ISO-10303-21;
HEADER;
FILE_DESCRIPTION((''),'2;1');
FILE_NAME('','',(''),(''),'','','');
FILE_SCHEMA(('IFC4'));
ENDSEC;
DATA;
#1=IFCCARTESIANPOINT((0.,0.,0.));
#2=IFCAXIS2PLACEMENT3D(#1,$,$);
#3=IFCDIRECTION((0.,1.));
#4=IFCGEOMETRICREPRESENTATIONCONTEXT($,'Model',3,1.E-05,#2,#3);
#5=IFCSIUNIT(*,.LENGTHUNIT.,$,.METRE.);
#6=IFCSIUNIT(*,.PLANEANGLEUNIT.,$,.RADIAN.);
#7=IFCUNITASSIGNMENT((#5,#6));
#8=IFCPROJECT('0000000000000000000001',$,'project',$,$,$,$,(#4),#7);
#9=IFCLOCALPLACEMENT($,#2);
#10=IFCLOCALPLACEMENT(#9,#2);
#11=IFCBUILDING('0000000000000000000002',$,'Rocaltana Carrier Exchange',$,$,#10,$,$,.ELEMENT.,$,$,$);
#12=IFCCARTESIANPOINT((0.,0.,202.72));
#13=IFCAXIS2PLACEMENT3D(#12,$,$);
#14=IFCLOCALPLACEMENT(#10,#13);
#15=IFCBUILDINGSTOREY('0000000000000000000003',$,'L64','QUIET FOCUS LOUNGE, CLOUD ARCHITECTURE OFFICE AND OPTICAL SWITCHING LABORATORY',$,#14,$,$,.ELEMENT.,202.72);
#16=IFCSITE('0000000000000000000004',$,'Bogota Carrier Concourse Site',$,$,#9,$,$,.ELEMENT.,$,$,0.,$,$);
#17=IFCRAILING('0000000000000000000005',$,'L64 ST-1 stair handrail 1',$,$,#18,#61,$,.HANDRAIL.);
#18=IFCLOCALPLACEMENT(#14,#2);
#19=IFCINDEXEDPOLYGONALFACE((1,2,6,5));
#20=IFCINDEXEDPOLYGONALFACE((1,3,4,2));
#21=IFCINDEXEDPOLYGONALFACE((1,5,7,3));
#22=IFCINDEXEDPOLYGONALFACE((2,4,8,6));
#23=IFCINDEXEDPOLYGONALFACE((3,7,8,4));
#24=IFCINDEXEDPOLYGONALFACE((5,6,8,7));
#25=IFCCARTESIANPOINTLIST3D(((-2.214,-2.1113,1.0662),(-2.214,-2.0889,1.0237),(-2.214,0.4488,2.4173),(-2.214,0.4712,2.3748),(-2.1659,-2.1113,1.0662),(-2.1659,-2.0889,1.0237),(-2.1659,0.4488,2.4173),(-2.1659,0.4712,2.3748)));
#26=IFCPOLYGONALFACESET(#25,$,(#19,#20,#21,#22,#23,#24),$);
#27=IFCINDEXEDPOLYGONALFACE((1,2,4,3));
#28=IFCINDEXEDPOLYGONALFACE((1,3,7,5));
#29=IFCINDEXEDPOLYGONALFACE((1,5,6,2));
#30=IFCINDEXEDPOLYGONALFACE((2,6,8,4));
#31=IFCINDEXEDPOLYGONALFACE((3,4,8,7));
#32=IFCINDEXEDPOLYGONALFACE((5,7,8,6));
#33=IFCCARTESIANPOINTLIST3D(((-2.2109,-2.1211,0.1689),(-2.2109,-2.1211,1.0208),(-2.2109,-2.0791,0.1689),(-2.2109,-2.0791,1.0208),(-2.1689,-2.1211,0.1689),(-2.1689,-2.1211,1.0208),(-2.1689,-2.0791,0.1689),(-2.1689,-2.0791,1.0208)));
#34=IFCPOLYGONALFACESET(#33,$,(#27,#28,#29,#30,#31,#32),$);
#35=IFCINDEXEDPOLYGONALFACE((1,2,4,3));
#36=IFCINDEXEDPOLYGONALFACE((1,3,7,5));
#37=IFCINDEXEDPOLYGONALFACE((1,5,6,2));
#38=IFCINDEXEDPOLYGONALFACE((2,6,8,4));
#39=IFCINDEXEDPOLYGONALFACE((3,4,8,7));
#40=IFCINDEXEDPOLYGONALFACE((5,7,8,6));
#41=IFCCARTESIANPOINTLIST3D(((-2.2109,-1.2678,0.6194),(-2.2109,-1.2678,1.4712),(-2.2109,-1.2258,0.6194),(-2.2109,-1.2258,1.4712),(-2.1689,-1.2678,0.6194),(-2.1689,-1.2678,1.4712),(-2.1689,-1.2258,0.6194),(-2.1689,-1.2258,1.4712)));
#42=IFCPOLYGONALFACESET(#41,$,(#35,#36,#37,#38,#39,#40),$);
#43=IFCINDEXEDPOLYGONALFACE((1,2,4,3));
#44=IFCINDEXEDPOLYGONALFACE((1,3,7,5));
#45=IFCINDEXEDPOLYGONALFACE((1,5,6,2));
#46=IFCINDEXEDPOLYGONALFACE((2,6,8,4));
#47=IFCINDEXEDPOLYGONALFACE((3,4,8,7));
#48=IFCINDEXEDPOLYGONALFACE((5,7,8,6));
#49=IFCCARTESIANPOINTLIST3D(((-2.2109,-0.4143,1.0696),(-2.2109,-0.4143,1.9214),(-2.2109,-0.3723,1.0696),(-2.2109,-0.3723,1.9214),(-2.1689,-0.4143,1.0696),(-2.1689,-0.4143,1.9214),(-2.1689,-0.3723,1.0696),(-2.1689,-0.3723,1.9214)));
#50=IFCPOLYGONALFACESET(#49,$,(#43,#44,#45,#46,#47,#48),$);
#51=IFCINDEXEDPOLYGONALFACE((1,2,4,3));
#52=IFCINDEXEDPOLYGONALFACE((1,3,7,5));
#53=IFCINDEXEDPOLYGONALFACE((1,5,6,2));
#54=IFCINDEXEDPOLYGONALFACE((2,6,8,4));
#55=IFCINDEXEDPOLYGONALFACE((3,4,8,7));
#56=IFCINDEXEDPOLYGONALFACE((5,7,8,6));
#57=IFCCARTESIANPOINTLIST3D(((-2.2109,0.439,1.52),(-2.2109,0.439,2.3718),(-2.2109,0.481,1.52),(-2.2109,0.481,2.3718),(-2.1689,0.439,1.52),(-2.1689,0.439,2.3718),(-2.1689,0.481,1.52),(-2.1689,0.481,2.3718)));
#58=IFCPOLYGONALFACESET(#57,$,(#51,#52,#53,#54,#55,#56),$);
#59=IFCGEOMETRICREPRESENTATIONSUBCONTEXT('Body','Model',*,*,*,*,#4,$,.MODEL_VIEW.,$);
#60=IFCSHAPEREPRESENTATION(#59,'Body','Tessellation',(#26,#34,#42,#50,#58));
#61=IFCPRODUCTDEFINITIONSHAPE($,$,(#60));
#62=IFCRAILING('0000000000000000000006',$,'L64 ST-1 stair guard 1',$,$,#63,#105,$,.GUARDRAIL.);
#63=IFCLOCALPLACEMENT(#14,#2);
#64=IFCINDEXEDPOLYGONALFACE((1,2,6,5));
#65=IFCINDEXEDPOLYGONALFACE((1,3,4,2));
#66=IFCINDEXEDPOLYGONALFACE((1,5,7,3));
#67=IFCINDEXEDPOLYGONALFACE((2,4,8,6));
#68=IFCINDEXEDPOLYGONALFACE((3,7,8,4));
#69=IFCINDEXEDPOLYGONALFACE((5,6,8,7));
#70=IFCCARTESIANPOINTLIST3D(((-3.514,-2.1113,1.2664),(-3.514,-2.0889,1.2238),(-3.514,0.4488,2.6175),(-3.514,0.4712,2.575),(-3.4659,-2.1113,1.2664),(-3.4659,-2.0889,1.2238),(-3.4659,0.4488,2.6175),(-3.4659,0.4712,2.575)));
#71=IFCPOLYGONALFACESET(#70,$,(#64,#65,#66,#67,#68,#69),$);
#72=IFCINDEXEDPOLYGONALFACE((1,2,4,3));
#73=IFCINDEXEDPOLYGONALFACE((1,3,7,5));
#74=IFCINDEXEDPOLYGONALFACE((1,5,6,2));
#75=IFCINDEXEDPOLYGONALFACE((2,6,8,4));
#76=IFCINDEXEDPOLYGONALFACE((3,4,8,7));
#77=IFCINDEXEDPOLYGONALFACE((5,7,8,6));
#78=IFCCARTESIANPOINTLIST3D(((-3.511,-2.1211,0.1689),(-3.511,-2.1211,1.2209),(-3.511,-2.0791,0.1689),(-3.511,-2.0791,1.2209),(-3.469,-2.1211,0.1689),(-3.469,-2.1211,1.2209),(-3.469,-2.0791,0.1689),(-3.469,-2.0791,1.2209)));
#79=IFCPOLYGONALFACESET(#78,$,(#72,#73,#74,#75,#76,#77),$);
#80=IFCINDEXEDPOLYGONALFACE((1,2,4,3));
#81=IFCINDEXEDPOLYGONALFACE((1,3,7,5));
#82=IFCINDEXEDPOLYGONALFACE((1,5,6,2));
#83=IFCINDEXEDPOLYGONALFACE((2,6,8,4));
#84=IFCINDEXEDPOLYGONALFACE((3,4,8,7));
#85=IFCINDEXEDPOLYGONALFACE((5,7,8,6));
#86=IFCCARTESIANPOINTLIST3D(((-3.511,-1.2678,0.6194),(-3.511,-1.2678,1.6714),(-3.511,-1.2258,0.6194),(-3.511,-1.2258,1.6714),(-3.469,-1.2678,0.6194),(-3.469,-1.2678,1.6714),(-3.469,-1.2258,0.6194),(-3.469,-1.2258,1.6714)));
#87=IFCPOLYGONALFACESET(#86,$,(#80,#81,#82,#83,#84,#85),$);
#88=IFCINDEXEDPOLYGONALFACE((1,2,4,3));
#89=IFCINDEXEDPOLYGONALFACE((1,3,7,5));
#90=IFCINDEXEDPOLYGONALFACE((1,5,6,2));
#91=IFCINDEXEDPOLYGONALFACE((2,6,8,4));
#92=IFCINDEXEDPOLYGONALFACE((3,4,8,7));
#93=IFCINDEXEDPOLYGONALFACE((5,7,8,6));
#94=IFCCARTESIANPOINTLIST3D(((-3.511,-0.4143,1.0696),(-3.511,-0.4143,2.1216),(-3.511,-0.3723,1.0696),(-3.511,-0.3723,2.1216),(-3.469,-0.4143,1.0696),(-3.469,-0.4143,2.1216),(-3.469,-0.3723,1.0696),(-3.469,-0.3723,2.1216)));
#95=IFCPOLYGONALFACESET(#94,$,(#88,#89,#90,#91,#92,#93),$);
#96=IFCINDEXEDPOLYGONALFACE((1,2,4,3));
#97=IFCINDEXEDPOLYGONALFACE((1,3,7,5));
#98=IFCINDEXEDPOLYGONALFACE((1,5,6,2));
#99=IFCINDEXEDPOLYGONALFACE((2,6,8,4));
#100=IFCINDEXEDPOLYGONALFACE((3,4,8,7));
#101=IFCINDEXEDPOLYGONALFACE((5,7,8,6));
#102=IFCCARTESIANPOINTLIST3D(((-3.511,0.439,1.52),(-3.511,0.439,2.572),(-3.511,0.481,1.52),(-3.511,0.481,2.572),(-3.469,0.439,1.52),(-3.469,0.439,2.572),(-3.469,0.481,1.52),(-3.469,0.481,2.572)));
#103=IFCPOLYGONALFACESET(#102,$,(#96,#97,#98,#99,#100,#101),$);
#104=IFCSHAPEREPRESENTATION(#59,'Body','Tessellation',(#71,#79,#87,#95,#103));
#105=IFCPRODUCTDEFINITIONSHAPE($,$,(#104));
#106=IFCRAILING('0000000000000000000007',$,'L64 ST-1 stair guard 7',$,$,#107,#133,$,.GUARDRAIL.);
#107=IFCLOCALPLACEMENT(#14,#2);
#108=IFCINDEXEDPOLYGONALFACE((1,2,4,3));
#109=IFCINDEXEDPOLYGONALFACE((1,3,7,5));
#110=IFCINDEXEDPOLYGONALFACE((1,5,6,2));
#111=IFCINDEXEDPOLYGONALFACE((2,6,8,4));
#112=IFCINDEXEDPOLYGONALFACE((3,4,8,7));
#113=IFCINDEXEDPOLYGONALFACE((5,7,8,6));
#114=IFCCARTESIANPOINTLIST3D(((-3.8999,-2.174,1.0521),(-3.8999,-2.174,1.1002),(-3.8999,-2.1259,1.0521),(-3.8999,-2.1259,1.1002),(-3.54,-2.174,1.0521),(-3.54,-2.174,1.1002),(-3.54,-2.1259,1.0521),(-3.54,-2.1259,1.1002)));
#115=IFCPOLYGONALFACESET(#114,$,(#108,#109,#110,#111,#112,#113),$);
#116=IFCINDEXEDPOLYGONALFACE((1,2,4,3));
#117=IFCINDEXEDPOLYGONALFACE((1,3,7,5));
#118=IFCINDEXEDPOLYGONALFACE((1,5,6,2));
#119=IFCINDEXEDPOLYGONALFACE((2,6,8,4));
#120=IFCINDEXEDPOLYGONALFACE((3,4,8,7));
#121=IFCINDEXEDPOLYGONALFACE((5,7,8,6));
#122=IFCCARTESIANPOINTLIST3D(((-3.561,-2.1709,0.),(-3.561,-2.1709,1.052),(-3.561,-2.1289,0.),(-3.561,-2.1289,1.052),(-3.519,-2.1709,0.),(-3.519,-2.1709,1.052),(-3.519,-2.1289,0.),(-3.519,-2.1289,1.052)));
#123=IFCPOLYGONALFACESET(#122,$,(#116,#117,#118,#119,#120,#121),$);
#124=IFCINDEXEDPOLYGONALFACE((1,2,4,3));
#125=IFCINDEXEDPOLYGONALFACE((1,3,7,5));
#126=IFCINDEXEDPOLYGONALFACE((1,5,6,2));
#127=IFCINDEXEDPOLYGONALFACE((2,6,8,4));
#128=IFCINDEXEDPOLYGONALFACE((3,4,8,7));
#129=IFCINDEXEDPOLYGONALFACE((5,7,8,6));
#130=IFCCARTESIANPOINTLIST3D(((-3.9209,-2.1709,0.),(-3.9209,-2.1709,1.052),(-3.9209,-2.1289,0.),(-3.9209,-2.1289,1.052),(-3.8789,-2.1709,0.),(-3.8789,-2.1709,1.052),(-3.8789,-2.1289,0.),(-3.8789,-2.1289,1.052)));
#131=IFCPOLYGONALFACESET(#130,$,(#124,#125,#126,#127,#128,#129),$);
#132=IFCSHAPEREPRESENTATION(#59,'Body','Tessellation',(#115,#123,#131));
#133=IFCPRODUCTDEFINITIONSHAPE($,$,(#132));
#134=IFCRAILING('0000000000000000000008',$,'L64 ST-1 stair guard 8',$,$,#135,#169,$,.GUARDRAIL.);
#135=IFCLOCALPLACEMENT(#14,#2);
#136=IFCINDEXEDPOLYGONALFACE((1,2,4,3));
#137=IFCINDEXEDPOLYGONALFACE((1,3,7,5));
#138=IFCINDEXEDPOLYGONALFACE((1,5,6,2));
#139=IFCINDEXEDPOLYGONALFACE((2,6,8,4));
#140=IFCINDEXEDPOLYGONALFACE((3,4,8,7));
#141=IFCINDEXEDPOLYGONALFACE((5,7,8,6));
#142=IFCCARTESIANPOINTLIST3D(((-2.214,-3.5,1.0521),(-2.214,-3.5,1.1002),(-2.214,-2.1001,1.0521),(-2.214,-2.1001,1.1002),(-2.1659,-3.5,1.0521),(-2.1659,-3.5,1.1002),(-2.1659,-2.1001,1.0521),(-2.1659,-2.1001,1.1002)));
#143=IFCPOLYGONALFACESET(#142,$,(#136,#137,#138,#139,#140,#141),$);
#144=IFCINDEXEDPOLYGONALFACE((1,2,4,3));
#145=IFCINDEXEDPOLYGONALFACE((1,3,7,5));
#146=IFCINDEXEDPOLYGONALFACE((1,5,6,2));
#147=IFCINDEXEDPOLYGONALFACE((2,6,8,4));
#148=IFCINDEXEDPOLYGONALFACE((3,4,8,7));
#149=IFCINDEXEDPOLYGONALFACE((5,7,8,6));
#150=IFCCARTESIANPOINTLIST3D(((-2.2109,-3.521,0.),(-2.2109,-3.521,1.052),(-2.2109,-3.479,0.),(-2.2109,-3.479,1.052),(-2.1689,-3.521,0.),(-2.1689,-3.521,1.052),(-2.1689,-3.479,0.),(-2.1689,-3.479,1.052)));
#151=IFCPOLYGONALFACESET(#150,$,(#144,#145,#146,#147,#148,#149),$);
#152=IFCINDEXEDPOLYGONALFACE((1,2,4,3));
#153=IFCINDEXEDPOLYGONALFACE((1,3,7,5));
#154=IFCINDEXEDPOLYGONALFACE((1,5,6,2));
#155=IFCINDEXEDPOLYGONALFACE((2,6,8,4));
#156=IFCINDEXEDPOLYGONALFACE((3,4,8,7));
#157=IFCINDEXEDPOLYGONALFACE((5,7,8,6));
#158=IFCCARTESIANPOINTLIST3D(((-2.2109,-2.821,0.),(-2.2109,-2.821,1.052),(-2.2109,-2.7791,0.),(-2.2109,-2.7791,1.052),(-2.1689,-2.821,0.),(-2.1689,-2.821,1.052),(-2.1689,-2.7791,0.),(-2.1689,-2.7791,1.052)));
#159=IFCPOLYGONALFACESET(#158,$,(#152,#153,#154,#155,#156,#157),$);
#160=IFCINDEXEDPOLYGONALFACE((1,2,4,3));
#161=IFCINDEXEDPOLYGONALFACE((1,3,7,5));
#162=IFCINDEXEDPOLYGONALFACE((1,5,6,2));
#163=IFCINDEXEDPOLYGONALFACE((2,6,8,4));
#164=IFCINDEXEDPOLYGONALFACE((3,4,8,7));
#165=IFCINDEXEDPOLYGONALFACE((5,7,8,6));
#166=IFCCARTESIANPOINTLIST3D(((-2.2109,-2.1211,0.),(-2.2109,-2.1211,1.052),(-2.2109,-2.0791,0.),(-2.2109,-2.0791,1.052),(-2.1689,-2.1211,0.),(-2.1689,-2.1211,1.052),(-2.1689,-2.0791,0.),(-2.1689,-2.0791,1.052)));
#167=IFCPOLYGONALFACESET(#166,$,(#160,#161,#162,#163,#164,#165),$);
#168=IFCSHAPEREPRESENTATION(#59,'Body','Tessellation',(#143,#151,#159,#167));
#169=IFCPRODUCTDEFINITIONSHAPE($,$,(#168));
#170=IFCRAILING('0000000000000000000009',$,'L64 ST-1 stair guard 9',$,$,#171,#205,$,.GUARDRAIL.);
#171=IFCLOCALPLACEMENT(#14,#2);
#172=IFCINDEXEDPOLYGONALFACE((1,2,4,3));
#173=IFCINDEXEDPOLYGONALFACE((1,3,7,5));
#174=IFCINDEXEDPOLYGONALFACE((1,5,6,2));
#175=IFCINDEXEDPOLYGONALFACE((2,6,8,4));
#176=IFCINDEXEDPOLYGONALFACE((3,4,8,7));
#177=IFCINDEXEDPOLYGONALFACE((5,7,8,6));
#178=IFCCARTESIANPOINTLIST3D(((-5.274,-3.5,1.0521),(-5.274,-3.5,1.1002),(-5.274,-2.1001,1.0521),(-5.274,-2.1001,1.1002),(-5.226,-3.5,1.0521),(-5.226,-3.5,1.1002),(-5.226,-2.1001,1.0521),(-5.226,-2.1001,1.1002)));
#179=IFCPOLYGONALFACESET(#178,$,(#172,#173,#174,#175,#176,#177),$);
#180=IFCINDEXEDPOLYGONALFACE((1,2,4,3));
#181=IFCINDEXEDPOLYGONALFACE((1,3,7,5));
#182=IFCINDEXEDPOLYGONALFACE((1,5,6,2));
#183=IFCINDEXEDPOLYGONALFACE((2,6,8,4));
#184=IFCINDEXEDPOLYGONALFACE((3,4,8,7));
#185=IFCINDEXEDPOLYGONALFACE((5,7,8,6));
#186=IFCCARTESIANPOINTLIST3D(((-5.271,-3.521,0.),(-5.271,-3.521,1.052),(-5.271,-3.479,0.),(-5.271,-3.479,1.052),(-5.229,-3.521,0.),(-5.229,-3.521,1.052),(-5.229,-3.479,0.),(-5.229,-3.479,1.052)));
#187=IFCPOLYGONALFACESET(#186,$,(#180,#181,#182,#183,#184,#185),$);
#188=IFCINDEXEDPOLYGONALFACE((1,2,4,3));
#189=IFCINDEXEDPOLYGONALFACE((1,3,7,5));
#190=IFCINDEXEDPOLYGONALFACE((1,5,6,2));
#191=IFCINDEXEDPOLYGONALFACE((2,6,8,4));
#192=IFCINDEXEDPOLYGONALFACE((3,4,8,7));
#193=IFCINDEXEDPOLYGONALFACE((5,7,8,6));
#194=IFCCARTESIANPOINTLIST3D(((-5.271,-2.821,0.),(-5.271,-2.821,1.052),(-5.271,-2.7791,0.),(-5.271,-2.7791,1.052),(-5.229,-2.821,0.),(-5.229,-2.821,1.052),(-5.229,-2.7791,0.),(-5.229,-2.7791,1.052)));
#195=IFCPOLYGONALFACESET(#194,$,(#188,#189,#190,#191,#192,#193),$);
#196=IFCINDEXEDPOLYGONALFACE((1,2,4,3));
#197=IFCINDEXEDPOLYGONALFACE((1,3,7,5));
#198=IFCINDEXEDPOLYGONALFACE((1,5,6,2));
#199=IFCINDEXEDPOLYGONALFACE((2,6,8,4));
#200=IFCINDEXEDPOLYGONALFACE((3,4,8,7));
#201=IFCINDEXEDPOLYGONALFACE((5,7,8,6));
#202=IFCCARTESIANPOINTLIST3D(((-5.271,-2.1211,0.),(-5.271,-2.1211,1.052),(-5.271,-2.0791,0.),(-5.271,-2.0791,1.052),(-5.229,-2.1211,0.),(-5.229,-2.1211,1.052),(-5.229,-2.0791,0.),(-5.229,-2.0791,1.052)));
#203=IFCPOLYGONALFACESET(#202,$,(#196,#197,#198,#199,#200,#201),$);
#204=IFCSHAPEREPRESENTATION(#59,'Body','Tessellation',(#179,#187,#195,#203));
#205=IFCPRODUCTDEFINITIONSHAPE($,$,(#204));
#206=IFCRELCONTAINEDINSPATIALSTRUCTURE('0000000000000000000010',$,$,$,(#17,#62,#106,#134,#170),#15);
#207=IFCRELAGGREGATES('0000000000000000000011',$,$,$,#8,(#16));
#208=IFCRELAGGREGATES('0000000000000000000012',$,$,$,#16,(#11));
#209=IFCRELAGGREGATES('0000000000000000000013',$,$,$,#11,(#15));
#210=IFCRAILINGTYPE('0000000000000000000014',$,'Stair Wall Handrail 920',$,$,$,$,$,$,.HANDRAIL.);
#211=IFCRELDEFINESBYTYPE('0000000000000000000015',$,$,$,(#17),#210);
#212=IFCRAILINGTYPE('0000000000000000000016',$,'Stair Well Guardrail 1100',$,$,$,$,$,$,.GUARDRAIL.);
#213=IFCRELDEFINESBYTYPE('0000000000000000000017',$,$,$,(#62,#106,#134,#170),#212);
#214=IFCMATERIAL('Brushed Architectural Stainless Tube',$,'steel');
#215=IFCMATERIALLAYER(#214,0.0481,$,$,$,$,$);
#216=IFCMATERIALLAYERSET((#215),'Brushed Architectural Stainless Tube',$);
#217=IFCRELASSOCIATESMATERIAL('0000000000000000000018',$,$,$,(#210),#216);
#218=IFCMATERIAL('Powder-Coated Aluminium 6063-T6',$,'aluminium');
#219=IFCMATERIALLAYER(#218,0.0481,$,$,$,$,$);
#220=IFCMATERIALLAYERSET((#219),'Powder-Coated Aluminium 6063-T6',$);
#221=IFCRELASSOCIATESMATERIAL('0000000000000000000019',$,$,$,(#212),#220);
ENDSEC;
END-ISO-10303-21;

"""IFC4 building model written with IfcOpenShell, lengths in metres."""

from ifc_helpers import new_model, si_unit, direction, frame, origin, origin_2d, place, context, subcontext, project, spatial, rectangle, extrude, material, layer, layer_set, type_object, element, save


model = new_model("IFC4")

# Units and contexts
model_context = context("Model", 3, precision=1e-05, world=origin(), true_north=direction((0.0, 1.0)))
body_context = subcontext(model_context, "Body", "Model", "MODEL_VIEW")
ifc_project = project(units=[si_unit("LENGTHUNIT", "METRE"), si_unit("PLANEANGLEUNIT", "RADIAN")], contexts=[model_context])

# Site, building, storey
site_placement = place(None, origin())
site = spatial("IfcSite", under=ifc_project, at=site_placement, Name="Bogota Carrier Concourse Site", CompositionType="ELEMENT", RefElevation=0.0)
building_placement = place(site_placement, origin())
building = spatial("IfcBuilding", under=site, at=building_placement, Name="Rocaltana Carrier Exchange", CompositionType="ELEMENT")
storey_placement = place(building_placement, frame((0.0, 0.0, 202.72)))
storey = spatial("IfcBuildingStorey", under=building, at=storey_placement, Name="L64", Description="QUIET FOCUS LOUNGE, CLOUD ARCHITECTURE OFFICE AND OPTICAL SWITCHING LABORATORY", CompositionType="ELEMENT", Elevation=202.72)

# Railings
ifc_material_1 = material(Name="Brushed Architectural Stainless Tube", Category="steel")
ifc_layer_1 = layer(ifc_material_1, 0.0481)
ifc_layer_set_1 = layer_set([ifc_layer_1], Name="Brushed Architectural Stainless Tube")
railing_type_1 = type_object("IfcRailingType", Name="Stair Wall Handrail 920", PredefinedType="HANDRAIL", material=ifc_layer_set_1)
railing_1_placement = place(storey_placement, frame((-2.1899, -2.1001, 0.1689)))
element("IfcRailing", 1, at=railing_1_placement, inside=storey, type_object=railing_type_1, Name="L64 ST-1 stair handrail 1", PredefinedType="HANDRAIL", context=body_context, shape_type="SweptSolid", body=[
    extrude(rectangle(XDim=0.0481, YDim=0.0481, at=origin_2d()), frame((0.0, 0.0, 0.876), z_axis=(0.0, 0.884394, 0.46674), x_axis=(-1.0, 0.0, 0.0)), (0.0, 0.0, 1.0), 2.8948),
    extrude(rectangle(XDim=0.042, YDim=0.042, at=origin_2d()), origin(), (0.0, 0.0, 1.0), 0.8518),
    extrude(rectangle(XDim=0.042, YDim=0.042, at=origin_2d()), frame((0.0, 0.8533, 0.4504)), (0.0, 0.0, 1.0), 0.8518),
    extrude(rectangle(XDim=0.042, YDim=0.042, at=origin_2d()), frame((0.0, 1.7068, 0.9006)), (0.0, 0.0, 1.0), 0.8518),
    extrude(rectangle(XDim=0.042, YDim=0.042, at=origin_2d()), frame((0.0, 2.5601, 1.3511)), (0.0, 0.0, 1.0), 0.8518),
])
ifc_material_2 = material(Name="Powder-Coated Aluminium 6063-T6", Category="aluminium")
ifc_layer_2 = layer(ifc_material_2, 0.0481)
ifc_layer_set_2 = layer_set([ifc_layer_2], Name="Powder-Coated Aluminium 6063-T6")
railing_type_2 = type_object("IfcRailingType", Name="Stair Well Guardrail 1100", PredefinedType="GUARDRAIL", material=ifc_layer_set_2)
railing_2_placement = place(storey_placement, frame((-3.49, -2.1001, 0.1689)))
element("IfcRailing", 2, at=railing_2_placement, inside=storey, type_object=railing_type_2, Name="L64 ST-1 stair guard 1", PredefinedType="GUARDRAIL", context=body_context, shape_type="SweptSolid", body=[
    extrude(rectangle(XDim=0.0481, YDim=0.0481, at=origin_2d()), frame((0.0, 0.0, 1.0762), z_axis=(0.0, 0.884394, 0.46674), x_axis=(-1.0, 0.0, 0.0)), (0.0, 0.0, 1.0), 2.8948),
    extrude(rectangle(XDim=0.042, YDim=0.042, at=origin_2d()), origin(), (0.0, 0.0, 1.0), 1.052),
    extrude(rectangle(XDim=0.042, YDim=0.042, at=origin_2d()), frame((0.0, 0.8533, 0.4504)), (0.0, 0.0, 1.0), 1.052),
    extrude(rectangle(XDim=0.042, YDim=0.042, at=origin_2d()), frame((0.0, 1.7068, 0.9006)), (0.0, 0.0, 1.0), 1.052),
    extrude(rectangle(XDim=0.042, YDim=0.042, at=origin_2d()), frame((0.0, 2.5601, 1.3511)), (0.0, 0.0, 1.0), 1.052),
])
railing_3_placement = place(storey_placement, frame((-3.54, -2.1499, 0.0)))
element("IfcRailing", 3, at=railing_3_placement, inside=storey, type_object=railing_type_2, Name="L64 ST-1 stair guard 7", PredefinedType="GUARDRAIL", context=body_context, shape_type="SweptSolid", body=[
    extrude(rectangle(XDim=0.0481, YDim=0.0481, at=origin_2d()), frame((0.0, 0.0, 1.0762), z_axis=(-1.0, 0.0, 0.0), x_axis=(0.0, -1.0, 0.0)), (0.0, 0.0, 1.0), 0.3599),
    extrude(rectangle(XDim=0.042, YDim=0.042, at=origin_2d()), origin(), (0.0, 0.0, 1.0), 1.052),
    extrude(rectangle(XDim=0.042, YDim=0.042, at=origin_2d()), frame((-0.3599, 0.0, 0.0)), (0.0, 0.0, 1.0), 1.052),
])
for number, where, name in (
    (4, (-2.1899, -3.5, 0.0), "L64 ST-1 stair guard 8"),
    (5, (-5.25, -3.5, 0.0), "L64 ST-1 stair guard 9"),
):
    element("IfcRailing", number, at=place(storey_placement, frame(where)), inside=storey, type_object=railing_type_2, Name=name, PredefinedType="GUARDRAIL", context=body_context, shape_type="SweptSolid", body=[
        extrude(rectangle(XDim=0.0481, YDim=0.0481, at=origin_2d()), frame((0.0, 0.0, 1.0762), z_axis=(0.0, 1.0, 0.0), x_axis=(-1.0, 0.0, 0.0)), (0.0, 0.0, 1.0), 1.3999),
        extrude(rectangle(XDim=0.042, YDim=0.042, at=origin_2d()), origin(), (0.0, 0.0, 1.0), 1.052),
        extrude(rectangle(XDim=0.042, YDim=0.042, at=origin_2d()), frame((0.0, 0.7, 0.0)), (0.0, 0.0, 1.0), 1.052),
        extrude(rectangle(XDim=0.042, YDim=0.042, at=origin_2d()), frame((0.0, 1.3999, 0.0)), (0.0, 0.0, 1.0), 1.052),
    ])

save(model, "model.ifc")
